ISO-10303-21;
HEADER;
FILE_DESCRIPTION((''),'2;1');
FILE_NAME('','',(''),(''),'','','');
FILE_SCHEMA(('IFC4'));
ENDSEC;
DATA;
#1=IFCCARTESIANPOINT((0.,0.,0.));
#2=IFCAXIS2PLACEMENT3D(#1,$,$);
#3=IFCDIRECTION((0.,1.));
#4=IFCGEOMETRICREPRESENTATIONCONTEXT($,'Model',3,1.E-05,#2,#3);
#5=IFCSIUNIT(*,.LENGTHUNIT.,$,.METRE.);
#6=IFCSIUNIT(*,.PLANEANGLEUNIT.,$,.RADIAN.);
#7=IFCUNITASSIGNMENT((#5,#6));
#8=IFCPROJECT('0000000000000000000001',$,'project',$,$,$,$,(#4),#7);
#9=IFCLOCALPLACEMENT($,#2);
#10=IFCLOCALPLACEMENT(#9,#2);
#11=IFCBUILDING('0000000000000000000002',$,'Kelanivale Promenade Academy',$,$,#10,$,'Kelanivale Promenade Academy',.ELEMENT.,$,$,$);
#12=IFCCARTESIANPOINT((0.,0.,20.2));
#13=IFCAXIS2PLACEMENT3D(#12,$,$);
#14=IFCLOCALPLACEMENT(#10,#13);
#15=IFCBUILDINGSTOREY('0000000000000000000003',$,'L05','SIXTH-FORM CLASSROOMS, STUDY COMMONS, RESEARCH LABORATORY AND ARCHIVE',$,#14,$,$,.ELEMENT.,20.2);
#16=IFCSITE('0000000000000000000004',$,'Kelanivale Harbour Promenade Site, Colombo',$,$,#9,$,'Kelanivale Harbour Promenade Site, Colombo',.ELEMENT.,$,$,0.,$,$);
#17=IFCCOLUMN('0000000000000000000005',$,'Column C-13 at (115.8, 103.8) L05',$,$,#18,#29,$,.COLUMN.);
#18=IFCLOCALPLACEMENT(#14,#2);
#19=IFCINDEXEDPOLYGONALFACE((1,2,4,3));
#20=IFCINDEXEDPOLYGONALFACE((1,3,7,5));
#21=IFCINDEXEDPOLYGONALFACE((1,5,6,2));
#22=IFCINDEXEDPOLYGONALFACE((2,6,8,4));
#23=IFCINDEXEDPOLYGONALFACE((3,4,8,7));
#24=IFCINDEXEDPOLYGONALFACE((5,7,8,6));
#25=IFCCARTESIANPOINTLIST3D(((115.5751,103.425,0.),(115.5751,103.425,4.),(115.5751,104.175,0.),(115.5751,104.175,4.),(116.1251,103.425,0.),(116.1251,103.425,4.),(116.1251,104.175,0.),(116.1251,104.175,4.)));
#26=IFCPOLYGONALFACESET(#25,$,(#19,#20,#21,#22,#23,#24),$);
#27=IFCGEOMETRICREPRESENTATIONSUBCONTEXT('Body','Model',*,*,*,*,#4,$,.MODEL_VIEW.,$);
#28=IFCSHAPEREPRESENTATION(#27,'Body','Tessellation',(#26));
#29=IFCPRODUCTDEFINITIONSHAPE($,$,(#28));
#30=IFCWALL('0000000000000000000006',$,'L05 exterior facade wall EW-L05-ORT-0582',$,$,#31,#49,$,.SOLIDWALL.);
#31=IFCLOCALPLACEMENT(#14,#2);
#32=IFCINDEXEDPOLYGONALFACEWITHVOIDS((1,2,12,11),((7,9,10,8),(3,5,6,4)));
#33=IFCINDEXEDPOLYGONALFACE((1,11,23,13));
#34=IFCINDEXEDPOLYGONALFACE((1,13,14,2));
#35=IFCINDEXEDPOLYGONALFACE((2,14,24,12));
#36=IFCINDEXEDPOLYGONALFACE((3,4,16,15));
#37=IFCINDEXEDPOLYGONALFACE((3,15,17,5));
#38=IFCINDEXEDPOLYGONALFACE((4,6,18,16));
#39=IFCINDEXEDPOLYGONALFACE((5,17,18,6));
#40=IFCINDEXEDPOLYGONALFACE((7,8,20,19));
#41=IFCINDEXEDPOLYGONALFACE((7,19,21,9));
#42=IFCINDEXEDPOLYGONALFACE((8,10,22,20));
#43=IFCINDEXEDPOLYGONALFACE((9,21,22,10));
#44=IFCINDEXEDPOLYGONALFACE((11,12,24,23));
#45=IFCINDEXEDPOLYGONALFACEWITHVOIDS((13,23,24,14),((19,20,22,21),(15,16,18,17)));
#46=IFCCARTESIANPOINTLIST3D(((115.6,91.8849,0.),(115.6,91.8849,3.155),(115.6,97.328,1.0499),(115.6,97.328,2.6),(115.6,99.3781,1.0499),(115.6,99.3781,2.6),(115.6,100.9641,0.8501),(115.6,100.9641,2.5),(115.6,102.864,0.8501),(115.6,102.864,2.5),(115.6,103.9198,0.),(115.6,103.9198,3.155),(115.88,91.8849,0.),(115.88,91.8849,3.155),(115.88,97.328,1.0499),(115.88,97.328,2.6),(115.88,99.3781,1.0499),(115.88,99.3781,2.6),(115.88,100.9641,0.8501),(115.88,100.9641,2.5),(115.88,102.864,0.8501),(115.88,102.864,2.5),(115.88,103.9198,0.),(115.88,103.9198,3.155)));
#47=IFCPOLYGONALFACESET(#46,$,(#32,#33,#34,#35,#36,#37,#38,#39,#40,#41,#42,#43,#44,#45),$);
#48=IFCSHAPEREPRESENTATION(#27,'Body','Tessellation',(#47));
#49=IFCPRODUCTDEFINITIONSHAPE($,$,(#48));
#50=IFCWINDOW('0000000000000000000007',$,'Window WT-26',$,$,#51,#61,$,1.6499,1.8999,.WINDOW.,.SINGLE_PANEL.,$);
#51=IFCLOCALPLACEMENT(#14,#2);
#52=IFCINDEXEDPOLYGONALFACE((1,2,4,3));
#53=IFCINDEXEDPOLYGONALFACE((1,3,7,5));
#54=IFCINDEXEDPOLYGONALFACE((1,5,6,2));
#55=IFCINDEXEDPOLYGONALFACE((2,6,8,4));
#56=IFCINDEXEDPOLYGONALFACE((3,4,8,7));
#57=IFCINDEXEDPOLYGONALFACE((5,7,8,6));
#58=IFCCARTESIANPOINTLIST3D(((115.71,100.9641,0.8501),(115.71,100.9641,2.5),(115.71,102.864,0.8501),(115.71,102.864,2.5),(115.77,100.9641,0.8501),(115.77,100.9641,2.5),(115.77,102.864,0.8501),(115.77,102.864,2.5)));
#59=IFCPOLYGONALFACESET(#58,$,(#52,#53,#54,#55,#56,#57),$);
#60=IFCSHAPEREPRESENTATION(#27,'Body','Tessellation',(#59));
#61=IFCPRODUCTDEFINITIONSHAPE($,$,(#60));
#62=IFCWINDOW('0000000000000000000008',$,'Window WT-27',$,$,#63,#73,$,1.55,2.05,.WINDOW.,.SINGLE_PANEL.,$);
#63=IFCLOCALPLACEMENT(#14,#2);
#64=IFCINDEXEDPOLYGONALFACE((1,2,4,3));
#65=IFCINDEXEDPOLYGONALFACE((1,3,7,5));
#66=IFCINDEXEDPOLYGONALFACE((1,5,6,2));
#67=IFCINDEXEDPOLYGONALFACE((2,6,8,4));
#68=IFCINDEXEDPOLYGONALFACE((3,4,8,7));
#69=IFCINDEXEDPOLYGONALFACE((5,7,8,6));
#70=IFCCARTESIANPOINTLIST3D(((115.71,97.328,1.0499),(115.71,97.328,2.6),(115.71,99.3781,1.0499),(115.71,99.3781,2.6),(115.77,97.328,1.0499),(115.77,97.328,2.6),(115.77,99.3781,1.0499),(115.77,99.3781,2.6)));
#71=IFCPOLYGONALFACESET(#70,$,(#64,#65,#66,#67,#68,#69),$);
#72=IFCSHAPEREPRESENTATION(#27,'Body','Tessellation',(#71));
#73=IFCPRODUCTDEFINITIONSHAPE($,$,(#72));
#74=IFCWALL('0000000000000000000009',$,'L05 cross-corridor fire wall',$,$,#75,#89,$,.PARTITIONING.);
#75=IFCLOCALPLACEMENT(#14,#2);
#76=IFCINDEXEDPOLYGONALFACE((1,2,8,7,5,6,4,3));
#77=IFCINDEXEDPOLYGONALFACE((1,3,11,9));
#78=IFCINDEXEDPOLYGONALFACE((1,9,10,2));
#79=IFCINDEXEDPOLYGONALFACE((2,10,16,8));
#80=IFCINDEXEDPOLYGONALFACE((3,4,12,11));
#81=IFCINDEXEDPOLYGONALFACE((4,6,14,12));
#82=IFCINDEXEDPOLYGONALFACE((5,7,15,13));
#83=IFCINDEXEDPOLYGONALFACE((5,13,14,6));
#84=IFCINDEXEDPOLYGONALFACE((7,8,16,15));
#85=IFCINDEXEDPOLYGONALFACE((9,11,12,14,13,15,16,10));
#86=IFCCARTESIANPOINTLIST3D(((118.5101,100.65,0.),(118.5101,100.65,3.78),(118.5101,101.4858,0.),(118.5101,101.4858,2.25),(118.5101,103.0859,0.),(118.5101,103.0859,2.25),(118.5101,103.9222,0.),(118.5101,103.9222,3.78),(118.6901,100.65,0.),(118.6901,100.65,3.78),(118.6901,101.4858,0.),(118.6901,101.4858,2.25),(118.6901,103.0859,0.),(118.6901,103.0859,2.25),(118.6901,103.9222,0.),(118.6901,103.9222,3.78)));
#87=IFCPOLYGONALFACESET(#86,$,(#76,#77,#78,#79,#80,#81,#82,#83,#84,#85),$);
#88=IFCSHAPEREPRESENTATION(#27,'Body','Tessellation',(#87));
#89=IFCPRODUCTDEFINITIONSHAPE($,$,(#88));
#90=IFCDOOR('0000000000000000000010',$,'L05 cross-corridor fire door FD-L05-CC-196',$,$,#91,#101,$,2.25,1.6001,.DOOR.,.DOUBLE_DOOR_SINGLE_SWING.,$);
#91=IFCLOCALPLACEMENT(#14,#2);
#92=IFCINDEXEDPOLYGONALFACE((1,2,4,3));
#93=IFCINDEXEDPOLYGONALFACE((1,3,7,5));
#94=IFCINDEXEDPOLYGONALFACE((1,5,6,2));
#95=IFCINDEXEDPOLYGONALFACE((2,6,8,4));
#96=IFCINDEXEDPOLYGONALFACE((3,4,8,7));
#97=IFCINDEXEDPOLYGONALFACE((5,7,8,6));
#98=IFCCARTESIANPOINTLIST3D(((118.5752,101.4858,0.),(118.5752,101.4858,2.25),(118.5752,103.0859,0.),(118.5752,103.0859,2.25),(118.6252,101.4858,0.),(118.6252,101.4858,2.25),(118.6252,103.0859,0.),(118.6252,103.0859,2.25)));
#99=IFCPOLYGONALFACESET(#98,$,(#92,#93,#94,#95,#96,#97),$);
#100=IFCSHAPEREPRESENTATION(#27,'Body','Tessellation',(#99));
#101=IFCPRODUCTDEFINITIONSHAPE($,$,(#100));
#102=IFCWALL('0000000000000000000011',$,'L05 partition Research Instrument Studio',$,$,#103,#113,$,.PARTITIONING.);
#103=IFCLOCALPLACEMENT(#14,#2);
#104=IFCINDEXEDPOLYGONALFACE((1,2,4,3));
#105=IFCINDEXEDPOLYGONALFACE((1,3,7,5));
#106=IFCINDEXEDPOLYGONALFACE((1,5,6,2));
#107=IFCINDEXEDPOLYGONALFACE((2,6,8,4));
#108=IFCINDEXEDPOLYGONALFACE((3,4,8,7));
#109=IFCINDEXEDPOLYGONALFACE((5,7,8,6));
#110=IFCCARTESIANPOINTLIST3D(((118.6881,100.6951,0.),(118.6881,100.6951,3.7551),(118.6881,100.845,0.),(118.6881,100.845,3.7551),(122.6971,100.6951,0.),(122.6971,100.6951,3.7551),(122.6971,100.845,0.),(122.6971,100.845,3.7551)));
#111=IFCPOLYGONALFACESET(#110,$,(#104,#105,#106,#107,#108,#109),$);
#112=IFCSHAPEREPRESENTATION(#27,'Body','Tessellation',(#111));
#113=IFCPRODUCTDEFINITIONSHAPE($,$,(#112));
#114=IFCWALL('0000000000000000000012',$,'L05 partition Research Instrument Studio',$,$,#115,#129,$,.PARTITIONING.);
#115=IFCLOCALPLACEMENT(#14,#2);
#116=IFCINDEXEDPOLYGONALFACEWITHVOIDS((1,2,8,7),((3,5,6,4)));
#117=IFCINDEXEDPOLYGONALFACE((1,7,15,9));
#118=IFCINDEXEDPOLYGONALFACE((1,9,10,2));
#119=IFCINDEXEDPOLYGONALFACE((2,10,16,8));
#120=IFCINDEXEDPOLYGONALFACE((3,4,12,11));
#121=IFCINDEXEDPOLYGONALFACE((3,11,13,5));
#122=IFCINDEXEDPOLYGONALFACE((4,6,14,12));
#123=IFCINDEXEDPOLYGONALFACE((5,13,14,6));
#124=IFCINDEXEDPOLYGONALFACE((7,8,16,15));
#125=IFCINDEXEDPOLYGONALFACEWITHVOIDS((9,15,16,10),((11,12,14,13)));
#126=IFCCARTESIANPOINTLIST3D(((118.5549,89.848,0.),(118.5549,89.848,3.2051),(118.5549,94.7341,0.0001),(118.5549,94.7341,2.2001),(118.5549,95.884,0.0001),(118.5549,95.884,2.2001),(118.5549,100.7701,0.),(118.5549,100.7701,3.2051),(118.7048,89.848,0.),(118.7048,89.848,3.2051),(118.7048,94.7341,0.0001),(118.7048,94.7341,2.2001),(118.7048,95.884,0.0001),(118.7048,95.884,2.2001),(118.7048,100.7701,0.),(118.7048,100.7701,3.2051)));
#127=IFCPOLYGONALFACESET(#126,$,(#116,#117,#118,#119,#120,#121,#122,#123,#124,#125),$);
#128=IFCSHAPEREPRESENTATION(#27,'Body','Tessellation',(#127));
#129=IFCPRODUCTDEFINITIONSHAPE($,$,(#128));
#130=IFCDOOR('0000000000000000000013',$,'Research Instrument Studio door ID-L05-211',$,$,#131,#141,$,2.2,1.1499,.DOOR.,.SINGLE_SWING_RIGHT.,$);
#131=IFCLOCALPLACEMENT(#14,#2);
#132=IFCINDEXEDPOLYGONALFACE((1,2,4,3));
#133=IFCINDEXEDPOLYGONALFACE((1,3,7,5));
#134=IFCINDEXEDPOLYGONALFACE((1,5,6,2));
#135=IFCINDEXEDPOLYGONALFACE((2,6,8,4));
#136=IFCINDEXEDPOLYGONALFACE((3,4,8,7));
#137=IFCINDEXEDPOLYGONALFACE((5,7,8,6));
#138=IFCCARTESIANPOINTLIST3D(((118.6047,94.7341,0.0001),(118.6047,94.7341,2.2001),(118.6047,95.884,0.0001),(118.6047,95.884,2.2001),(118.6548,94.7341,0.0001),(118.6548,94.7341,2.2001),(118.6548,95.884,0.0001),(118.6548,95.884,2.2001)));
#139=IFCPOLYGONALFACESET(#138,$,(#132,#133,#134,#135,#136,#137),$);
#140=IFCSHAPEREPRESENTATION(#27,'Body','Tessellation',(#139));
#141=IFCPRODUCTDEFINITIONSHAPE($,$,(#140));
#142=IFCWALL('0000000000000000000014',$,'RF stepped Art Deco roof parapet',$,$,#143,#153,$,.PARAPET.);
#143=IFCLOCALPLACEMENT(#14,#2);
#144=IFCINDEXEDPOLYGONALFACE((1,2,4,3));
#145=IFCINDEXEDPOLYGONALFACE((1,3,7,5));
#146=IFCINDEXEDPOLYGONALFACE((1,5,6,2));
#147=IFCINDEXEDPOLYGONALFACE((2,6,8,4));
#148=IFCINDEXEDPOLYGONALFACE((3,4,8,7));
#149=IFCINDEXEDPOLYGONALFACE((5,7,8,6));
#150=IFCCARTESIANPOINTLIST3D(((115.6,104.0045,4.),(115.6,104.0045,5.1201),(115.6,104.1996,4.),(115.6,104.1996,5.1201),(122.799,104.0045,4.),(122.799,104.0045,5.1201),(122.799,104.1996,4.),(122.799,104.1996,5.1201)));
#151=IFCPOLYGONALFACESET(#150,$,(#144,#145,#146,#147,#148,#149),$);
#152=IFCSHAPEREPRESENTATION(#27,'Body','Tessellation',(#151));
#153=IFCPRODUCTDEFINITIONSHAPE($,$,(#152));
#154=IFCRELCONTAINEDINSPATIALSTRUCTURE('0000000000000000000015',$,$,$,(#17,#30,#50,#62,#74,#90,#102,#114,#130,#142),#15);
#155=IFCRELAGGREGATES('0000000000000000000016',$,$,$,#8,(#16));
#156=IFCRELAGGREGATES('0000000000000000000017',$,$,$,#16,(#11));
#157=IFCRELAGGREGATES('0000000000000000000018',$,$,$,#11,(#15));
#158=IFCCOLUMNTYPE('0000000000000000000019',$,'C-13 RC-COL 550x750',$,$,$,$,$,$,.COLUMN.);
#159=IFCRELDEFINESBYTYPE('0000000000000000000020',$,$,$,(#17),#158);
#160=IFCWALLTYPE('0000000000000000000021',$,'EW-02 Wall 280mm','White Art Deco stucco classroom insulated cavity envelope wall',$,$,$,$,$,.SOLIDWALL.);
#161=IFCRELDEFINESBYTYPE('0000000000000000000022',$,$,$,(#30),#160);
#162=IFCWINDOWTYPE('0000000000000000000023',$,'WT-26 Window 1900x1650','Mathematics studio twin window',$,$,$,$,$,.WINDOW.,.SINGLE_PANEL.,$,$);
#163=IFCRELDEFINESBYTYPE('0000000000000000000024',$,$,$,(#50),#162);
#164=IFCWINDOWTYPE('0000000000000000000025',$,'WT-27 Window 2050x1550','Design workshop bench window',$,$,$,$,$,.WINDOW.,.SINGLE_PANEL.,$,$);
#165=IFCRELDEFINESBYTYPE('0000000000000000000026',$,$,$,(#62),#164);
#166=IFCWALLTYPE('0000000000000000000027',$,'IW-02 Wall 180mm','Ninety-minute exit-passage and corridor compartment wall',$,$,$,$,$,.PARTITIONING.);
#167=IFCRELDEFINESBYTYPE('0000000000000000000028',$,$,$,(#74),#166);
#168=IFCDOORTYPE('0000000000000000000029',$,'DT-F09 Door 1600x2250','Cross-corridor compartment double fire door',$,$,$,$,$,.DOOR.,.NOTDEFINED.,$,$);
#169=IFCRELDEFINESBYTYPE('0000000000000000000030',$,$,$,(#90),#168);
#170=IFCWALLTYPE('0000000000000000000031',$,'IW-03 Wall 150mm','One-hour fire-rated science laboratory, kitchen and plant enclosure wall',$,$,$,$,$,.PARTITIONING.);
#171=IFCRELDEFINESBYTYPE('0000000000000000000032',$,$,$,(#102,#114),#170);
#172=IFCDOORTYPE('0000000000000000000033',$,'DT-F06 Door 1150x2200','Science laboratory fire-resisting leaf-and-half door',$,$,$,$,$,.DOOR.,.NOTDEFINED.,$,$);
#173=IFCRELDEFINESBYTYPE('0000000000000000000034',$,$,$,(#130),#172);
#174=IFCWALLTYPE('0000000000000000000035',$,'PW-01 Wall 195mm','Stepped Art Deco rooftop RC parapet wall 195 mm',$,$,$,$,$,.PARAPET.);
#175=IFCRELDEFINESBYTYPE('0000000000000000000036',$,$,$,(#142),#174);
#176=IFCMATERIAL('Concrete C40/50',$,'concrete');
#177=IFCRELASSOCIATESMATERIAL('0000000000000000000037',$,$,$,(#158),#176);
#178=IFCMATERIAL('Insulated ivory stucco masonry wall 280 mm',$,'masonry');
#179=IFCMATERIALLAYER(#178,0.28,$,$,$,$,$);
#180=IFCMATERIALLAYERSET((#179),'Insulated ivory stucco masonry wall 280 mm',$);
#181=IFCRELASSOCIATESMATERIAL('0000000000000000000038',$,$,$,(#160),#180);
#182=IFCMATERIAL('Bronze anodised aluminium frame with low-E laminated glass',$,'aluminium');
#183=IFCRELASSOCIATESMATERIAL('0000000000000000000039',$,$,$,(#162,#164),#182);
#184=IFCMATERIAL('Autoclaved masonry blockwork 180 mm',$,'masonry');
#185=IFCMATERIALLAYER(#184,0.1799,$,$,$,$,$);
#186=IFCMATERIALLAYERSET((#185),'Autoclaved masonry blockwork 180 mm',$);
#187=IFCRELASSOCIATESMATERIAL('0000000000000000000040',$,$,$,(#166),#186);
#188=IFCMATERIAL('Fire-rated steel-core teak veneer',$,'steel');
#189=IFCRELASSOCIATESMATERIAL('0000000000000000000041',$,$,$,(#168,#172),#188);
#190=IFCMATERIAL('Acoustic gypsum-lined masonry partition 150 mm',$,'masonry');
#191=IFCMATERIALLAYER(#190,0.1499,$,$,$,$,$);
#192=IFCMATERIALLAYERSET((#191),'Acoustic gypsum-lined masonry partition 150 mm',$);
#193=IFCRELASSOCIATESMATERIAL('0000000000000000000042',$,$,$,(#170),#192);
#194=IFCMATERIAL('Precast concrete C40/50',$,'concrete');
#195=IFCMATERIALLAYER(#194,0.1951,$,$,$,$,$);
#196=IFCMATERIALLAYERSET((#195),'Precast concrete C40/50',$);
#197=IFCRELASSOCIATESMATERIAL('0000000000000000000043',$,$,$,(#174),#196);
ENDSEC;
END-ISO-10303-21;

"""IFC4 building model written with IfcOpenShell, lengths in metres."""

from ifc_helpers import new_model, si_unit, direction, frame, frame_2d, origin, origin_2d, place, context, subcontext, project, spatial, rectangle, extrude, material, layer, layer_set, material_profile, profile_set, type_object, element, fill, save


model = new_model("IFC4")

# Units and contexts
model_context = context("Model", 3, precision=1e-05, world=origin(), true_north=direction((0.0, 1.0)))
body_context = subcontext(model_context, "Body", "Model", "MODEL_VIEW")
ifc_project = project(units=[si_unit("LENGTHUNIT", "METRE"), si_unit("PLANEANGLEUNIT", "RADIAN")], contexts=[model_context])

# Site, building, storey
site_placement = place(None, origin())
site = spatial("IfcSite", under=ifc_project, at=site_placement, Name="Kelanivale Harbour Promenade Site, Colombo", LongName="Kelanivale Harbour Promenade Site, Colombo", CompositionType="ELEMENT", RefElevation=0.0)
building_placement = place(site_placement, origin())
building = spatial("IfcBuilding", under=site, at=building_placement, Name="Kelanivale Promenade Academy", LongName="Kelanivale Promenade Academy", CompositionType="ELEMENT")
storey_placement = place(building_placement, frame((0.0, 0.0, 20.2)))
storey = spatial("IfcBuildingStorey", under=building, at=storey_placement, Name="L05", Description="SIXTH-FORM CLASSROOMS, STUDY COMMONS, RESEARCH LABORATORY AND ARCHIVE", CompositionType="ELEMENT", Elevation=20.2)

# Column
ifc_material_1 = material(Name="Concrete C40/50", Category="concrete")
ifc_material_profile = material_profile(ifc_material_1, rectangle(XDim=0.55, YDim=0.75, at=origin_2d()), Name="RC-COL 550x750")
ifc_profile_set = profile_set([ifc_material_profile], Name="Concrete C40/50")
column_type = type_object("IfcColumnType", Name="C-13 RC-COL 550x750", PredefinedType="COLUMN", material=ifc_profile_set)
column_placement = place(storey_placement, frame((115.8501, 103.8, 0.0), z_axis=(0.0, 0.0, 1.0), x_axis=(1.0, 0.0, 0.0)))
element("IfcColumn", 1, at=column_placement, inside=storey, type_object=column_type, Name="Column C-13 at (115.8, 103.8) L05", PredefinedType="COLUMN", context=body_context, shape_type="SweptSolid", body=[
    extrude(rectangle(XDim=0.55, YDim=0.75, at=origin_2d()), origin(), (0.0, 0.0, 1.0), 4.0),
])

# Wall, openings, windows
ifc_material_2 = material(Name="Insulated ivory stucco masonry wall 280 mm", Category="masonry")
ifc_layer_1 = layer(ifc_material_2, 0.28)
ifc_layer_set_1 = layer_set([ifc_layer_1], Name="Insulated ivory stucco masonry wall 280 mm")
wall_type_1 = type_object("IfcWallType", Name="EW-02 Wall 280mm", Description="White Art Deco stucco classroom insulated cavity envelope wall", PredefinedType="SOLIDWALL", material=ifc_layer_set_1)
wall_1_placement = place(storey_placement, frame((115.74, 103.9199, 0.0), z_axis=(0.0, 0.0, 1.0), x_axis=(0.0, -1.0, 0.0)))
wall_1 = element("IfcWall", 2, at=wall_1_placement, inside=storey, type_object=wall_type_1, Name="L05 exterior facade wall EW-L05-ORT-0582", PredefinedType="SOLIDWALL", context=body_context, shape_type="SweptSolid", body=[
    extrude(rectangle(XDim=12.0349, YDim=0.28, at=frame_2d((6.0176, 0.0))), origin(), (0.0, 0.0, 1.0), 3.155),
])
opening_1_placement = place(wall_1_placement, frame((1.0559, 0.0, 0.8501)))
opening_1 = element("IfcOpeningElement", 3, at=opening_1_placement, cuts=wall_1, PredefinedType="OPENING", context=body_context, shape_type="SweptSolid", body=[
    extrude(rectangle(XDim=1.8999, YDim=1.6499, at=frame_2d((0.95, 0.825))), frame((0.0, 0.1499, 0.0), z_axis=(0.0, -1.0, 0.0), x_axis=(1.0, 0.0, 0.0)), (0.0, 0.0, 1.0), 0.3),
])
opening_2_placement = place(wall_1_placement, frame((4.542, 0.0, 1.05)))
opening_2 = element("IfcOpeningElement", 4, at=opening_2_placement, cuts=wall_1, PredefinedType="OPENING", context=body_context, shape_type="SweptSolid", body=[
    extrude(rectangle(XDim=2.05, YDim=1.55, at=frame_2d((1.0249, 0.7749))), frame((0.0, 0.1499, 0.0), z_axis=(0.0, -1.0, 0.0), x_axis=(1.0, 0.0, 0.0)), (0.0, 0.0, 1.0), 0.3),
])
ifc_material_3 = material(Name="Bronze anodised aluminium frame with low-E laminated glass", Category="aluminium")
window_type_1 = type_object("IfcWindowType", Name="WT-26 Window 1900x1650", Description="Mathematics studio twin window", PartitioningType="SINGLE_PANEL", PredefinedType="WINDOW", material=ifc_material_3)
window_1_placement = place(opening_1_placement, origin())
window_1 = element("IfcWindow", 5, at=window_1_placement, inside=storey, type_object=window_type_1, Name="Window WT-26", OverallHeight=1.6499, OverallWidth=1.8999, PartitioningType="SINGLE_PANEL", PredefinedType="WINDOW", context=body_context, shape_type="SweptSolid", body=[
    extrude(rectangle(XDim=1.8999, YDim=1.6499, at=frame_2d((0.95, 0.825))), frame((0.0, 0.03, 0.0), z_axis=(0.0, -1.0, 0.0), x_axis=(1.0, 0.0, 0.0)), (0.0, 0.0, 1.0), 0.0601),
])
fill(opening_1, window_1)
window_type_2 = type_object("IfcWindowType", Name="WT-27 Window 2050x1550", Description="Design workshop bench window", PartitioningType="SINGLE_PANEL", PredefinedType="WINDOW", material=ifc_material_3)
window_2_placement = place(opening_2_placement, origin())
window_2 = element("IfcWindow", 6, at=window_2_placement, inside=storey, type_object=window_type_2, Name="Window WT-27", OverallHeight=1.55, OverallWidth=2.05, PartitioningType="SINGLE_PANEL", PredefinedType="WINDOW", context=body_context, shape_type="SweptSolid", body=[
    extrude(rectangle(XDim=2.05, YDim=1.55, at=frame_2d((1.0249, 0.7749))), frame((0.0, 0.03, 0.0), z_axis=(0.0, -1.0, 0.0), x_axis=(1.0, 0.0, 0.0)), (0.0, 0.0, 1.0), 0.0601),
])
fill(opening_2, window_2)

# Wall, opening, door
ifc_material_4 = material(Name="Autoclaved masonry blockwork 180 mm", Category="masonry")
ifc_layer_2 = layer(ifc_material_4, 0.1799)
ifc_layer_set_2 = layer_set([ifc_layer_2], Name="Autoclaved masonry blockwork 180 mm")
wall_type_2 = type_object("IfcWallType", Name="IW-02 Wall 180mm", Description="Ninety-minute exit-passage and corridor compartment wall", PredefinedType="PARTITIONING", material=ifc_layer_set_2)
wall_2_placement = place(storey_placement, frame((118.6001, 100.6499, 0.0), z_axis=(0.0, 0.0, 1.0), x_axis=(0.0, 1.0, 0.0)))
wall_2 = element("IfcWall", 7, at=wall_2_placement, inside=storey, type_object=wall_type_2, Name="L05 cross-corridor fire wall", PredefinedType="PARTITIONING", context=body_context, shape_type="SweptSolid", body=[
    extrude(rectangle(XDim=3.2722, YDim=0.1799, at=frame_2d((1.6362, 0.0))), origin(), (0.0, 0.0, 1.0), 3.78),
])
opening_3_placement = place(wall_2_placement, frame((0.8359, 0.0, 0.0)))
opening_3 = element("IfcOpeningElement", 8, at=opening_3_placement, cuts=wall_2, PredefinedType="OPENING", context=body_context, shape_type="SweptSolid", body=[
    extrude(rectangle(XDim=1.6001, YDim=2.25, at=frame_2d((0.8, 1.125))), frame((0.0, 0.1001, 0.0), z_axis=(0.0, -1.0, 0.0), x_axis=(1.0, 0.0, 0.0)), (0.0, 0.0, 1.0), 0.2),
])
ifc_material_5 = material(Name="Fire-rated steel-core teak veneer", Category="steel")
door_type_1 = type_object("IfcDoorType", Name="DT-F09 Door 1600x2250", Description="Cross-corridor compartment double fire door", OperationType="NOTDEFINED", PredefinedType="DOOR", material=ifc_material_5)
door_1_placement = place(opening_3_placement, origin())
door_1 = element("IfcDoor", 9, at=door_1_placement, inside=storey, type_object=door_type_1, Name="L05 cross-corridor fire door FD-L05-CC-196", OperationType="DOUBLE_DOOR_SINGLE_SWING", OverallHeight=2.25, OverallWidth=1.6001, PredefinedType="DOOR", context=body_context, shape_type="SweptSolid", body=[
    extrude(rectangle(XDim=1.6001, YDim=2.25, at=frame_2d((0.8, 1.125))), frame((0.0, 0.0249, 0.0), z_axis=(0.0, -1.0, 0.0), x_axis=(1.0, 0.0, 0.0)), (0.0, 0.0, 1.0), 0.05),
])
fill(opening_3, door_1)

# Wall
ifc_material_6 = material(Name="Acoustic gypsum-lined masonry partition 150 mm", Category="masonry")
ifc_layer_3 = layer(ifc_material_6, 0.1499)
ifc_layer_set_3 = layer_set([ifc_layer_3], Name="Acoustic gypsum-lined masonry partition 150 mm")
wall_type_3 = type_object("IfcWallType", Name="IW-03 Wall 150mm", Description="One-hour fire-rated science laboratory, kitchen and plant enclosure wall", PredefinedType="PARTITIONING", material=ifc_layer_set_3)
wall_3_placement = place(storey_placement, frame((122.697, 100.77, 0.0), z_axis=(0.0, 0.0, 1.0), x_axis=(-1.0, 0.0, 0.0)))
element("IfcWall", 10, at=wall_3_placement, inside=storey, type_object=wall_type_3, Name="L05 partition Research Instrument Studio", PredefinedType="PARTITIONING", context=body_context, shape_type="SweptSolid", body=[
    extrude(rectangle(XDim=4.009, YDim=0.1499, at=frame_2d((2.0044, 0.0))), origin(), (0.0, 0.0, 1.0), 3.7551),
])

# Wall, opening, door
wall_4_placement = place(storey_placement, frame((118.6299, 100.77, 0.0), z_axis=(0.0, 0.0, 1.0), x_axis=(0.0, -1.0, 0.0)))
wall_4 = element("IfcWall", 11, at=wall_4_placement, inside=storey, type_object=wall_type_3, Name="L05 partition Research Instrument Studio", PredefinedType="PARTITIONING", context=body_context, shape_type="SweptSolid", body=[
    extrude(rectangle(XDim=10.9221, YDim=0.1499, at=frame_2d((5.4609, 0.0))), origin(), (0.0, 0.0, 1.0), 3.2051),
])
opening_4_placement = place(wall_4_placement, frame((4.886, 0.0, 0.0)))
opening_4 = element("IfcOpeningElement", 12, at=opening_4_placement, cuts=wall_4, PredefinedType="OPENING", context=body_context, shape_type="SweptSolid", body=[
    extrude(rectangle(XDim=1.1499, YDim=2.2, at=frame_2d((0.575, 1.1001))), frame((0.0, 0.085, 0.0), z_axis=(0.0, -1.0, 0.0), x_axis=(1.0, 0.0, 0.0)), (0.0, 0.0, 1.0), 0.1699),
])
door_type_2 = type_object("IfcDoorType", Name="DT-F06 Door 1150x2200", Description="Science laboratory fire-resisting leaf-and-half door", OperationType="NOTDEFINED", PredefinedType="DOOR", material=ifc_material_5)
door_2_placement = place(opening_4_placement, origin())
door_2 = element("IfcDoor", 13, at=door_2_placement, inside=storey, type_object=door_type_2, Name="Research Instrument Studio door ID-L05-211", OperationType="SINGLE_SWING_RIGHT", OverallHeight=2.2, OverallWidth=1.1499, PredefinedType="DOOR", context=body_context, shape_type="SweptSolid", body=[
    extrude(rectangle(XDim=1.1499, YDim=2.2, at=frame_2d((0.575, 1.1001))), frame((0.0, 0.0249, 0.0), z_axis=(0.0, -1.0, 0.0), x_axis=(1.0, 0.0, 0.0)), (0.0, 0.0, 1.0), 0.05),
])
fill(opening_4, door_2)

# Wall
ifc_material_7 = material(Name="Precast concrete C40/50", Category="concrete")
ifc_layer_4 = layer(ifc_material_7, 0.1951)
ifc_layer_set_4 = layer_set([ifc_layer_4], Name="Precast concrete C40/50")
wall_type_4 = type_object("IfcWallType", Name="PW-01 Wall 195mm", Description="Stepped Art Deco rooftop RC parapet wall 195 mm", PredefinedType="PARAPET", material=ifc_layer_set_4)
wall_5_placement = place(storey_placement, frame((122.7991, 104.1021, 4.0), z_axis=(0.0, 0.0, 1.0), x_axis=(-1.0, 0.0, 0.0)))
element("IfcWall", 14, at=wall_5_placement, inside=storey, type_object=wall_type_4, Name="RF stepped Art Deco roof parapet", PredefinedType="PARAPET", context=body_context, shape_type="SweptSolid", body=[
    extrude(rectangle(XDim=7.199, YDim=0.1951, at=frame_2d((3.5996, 0.0))), origin(), (0.0, 0.0, 1.0), 1.1201),
])

save(model, "model.ifc")
